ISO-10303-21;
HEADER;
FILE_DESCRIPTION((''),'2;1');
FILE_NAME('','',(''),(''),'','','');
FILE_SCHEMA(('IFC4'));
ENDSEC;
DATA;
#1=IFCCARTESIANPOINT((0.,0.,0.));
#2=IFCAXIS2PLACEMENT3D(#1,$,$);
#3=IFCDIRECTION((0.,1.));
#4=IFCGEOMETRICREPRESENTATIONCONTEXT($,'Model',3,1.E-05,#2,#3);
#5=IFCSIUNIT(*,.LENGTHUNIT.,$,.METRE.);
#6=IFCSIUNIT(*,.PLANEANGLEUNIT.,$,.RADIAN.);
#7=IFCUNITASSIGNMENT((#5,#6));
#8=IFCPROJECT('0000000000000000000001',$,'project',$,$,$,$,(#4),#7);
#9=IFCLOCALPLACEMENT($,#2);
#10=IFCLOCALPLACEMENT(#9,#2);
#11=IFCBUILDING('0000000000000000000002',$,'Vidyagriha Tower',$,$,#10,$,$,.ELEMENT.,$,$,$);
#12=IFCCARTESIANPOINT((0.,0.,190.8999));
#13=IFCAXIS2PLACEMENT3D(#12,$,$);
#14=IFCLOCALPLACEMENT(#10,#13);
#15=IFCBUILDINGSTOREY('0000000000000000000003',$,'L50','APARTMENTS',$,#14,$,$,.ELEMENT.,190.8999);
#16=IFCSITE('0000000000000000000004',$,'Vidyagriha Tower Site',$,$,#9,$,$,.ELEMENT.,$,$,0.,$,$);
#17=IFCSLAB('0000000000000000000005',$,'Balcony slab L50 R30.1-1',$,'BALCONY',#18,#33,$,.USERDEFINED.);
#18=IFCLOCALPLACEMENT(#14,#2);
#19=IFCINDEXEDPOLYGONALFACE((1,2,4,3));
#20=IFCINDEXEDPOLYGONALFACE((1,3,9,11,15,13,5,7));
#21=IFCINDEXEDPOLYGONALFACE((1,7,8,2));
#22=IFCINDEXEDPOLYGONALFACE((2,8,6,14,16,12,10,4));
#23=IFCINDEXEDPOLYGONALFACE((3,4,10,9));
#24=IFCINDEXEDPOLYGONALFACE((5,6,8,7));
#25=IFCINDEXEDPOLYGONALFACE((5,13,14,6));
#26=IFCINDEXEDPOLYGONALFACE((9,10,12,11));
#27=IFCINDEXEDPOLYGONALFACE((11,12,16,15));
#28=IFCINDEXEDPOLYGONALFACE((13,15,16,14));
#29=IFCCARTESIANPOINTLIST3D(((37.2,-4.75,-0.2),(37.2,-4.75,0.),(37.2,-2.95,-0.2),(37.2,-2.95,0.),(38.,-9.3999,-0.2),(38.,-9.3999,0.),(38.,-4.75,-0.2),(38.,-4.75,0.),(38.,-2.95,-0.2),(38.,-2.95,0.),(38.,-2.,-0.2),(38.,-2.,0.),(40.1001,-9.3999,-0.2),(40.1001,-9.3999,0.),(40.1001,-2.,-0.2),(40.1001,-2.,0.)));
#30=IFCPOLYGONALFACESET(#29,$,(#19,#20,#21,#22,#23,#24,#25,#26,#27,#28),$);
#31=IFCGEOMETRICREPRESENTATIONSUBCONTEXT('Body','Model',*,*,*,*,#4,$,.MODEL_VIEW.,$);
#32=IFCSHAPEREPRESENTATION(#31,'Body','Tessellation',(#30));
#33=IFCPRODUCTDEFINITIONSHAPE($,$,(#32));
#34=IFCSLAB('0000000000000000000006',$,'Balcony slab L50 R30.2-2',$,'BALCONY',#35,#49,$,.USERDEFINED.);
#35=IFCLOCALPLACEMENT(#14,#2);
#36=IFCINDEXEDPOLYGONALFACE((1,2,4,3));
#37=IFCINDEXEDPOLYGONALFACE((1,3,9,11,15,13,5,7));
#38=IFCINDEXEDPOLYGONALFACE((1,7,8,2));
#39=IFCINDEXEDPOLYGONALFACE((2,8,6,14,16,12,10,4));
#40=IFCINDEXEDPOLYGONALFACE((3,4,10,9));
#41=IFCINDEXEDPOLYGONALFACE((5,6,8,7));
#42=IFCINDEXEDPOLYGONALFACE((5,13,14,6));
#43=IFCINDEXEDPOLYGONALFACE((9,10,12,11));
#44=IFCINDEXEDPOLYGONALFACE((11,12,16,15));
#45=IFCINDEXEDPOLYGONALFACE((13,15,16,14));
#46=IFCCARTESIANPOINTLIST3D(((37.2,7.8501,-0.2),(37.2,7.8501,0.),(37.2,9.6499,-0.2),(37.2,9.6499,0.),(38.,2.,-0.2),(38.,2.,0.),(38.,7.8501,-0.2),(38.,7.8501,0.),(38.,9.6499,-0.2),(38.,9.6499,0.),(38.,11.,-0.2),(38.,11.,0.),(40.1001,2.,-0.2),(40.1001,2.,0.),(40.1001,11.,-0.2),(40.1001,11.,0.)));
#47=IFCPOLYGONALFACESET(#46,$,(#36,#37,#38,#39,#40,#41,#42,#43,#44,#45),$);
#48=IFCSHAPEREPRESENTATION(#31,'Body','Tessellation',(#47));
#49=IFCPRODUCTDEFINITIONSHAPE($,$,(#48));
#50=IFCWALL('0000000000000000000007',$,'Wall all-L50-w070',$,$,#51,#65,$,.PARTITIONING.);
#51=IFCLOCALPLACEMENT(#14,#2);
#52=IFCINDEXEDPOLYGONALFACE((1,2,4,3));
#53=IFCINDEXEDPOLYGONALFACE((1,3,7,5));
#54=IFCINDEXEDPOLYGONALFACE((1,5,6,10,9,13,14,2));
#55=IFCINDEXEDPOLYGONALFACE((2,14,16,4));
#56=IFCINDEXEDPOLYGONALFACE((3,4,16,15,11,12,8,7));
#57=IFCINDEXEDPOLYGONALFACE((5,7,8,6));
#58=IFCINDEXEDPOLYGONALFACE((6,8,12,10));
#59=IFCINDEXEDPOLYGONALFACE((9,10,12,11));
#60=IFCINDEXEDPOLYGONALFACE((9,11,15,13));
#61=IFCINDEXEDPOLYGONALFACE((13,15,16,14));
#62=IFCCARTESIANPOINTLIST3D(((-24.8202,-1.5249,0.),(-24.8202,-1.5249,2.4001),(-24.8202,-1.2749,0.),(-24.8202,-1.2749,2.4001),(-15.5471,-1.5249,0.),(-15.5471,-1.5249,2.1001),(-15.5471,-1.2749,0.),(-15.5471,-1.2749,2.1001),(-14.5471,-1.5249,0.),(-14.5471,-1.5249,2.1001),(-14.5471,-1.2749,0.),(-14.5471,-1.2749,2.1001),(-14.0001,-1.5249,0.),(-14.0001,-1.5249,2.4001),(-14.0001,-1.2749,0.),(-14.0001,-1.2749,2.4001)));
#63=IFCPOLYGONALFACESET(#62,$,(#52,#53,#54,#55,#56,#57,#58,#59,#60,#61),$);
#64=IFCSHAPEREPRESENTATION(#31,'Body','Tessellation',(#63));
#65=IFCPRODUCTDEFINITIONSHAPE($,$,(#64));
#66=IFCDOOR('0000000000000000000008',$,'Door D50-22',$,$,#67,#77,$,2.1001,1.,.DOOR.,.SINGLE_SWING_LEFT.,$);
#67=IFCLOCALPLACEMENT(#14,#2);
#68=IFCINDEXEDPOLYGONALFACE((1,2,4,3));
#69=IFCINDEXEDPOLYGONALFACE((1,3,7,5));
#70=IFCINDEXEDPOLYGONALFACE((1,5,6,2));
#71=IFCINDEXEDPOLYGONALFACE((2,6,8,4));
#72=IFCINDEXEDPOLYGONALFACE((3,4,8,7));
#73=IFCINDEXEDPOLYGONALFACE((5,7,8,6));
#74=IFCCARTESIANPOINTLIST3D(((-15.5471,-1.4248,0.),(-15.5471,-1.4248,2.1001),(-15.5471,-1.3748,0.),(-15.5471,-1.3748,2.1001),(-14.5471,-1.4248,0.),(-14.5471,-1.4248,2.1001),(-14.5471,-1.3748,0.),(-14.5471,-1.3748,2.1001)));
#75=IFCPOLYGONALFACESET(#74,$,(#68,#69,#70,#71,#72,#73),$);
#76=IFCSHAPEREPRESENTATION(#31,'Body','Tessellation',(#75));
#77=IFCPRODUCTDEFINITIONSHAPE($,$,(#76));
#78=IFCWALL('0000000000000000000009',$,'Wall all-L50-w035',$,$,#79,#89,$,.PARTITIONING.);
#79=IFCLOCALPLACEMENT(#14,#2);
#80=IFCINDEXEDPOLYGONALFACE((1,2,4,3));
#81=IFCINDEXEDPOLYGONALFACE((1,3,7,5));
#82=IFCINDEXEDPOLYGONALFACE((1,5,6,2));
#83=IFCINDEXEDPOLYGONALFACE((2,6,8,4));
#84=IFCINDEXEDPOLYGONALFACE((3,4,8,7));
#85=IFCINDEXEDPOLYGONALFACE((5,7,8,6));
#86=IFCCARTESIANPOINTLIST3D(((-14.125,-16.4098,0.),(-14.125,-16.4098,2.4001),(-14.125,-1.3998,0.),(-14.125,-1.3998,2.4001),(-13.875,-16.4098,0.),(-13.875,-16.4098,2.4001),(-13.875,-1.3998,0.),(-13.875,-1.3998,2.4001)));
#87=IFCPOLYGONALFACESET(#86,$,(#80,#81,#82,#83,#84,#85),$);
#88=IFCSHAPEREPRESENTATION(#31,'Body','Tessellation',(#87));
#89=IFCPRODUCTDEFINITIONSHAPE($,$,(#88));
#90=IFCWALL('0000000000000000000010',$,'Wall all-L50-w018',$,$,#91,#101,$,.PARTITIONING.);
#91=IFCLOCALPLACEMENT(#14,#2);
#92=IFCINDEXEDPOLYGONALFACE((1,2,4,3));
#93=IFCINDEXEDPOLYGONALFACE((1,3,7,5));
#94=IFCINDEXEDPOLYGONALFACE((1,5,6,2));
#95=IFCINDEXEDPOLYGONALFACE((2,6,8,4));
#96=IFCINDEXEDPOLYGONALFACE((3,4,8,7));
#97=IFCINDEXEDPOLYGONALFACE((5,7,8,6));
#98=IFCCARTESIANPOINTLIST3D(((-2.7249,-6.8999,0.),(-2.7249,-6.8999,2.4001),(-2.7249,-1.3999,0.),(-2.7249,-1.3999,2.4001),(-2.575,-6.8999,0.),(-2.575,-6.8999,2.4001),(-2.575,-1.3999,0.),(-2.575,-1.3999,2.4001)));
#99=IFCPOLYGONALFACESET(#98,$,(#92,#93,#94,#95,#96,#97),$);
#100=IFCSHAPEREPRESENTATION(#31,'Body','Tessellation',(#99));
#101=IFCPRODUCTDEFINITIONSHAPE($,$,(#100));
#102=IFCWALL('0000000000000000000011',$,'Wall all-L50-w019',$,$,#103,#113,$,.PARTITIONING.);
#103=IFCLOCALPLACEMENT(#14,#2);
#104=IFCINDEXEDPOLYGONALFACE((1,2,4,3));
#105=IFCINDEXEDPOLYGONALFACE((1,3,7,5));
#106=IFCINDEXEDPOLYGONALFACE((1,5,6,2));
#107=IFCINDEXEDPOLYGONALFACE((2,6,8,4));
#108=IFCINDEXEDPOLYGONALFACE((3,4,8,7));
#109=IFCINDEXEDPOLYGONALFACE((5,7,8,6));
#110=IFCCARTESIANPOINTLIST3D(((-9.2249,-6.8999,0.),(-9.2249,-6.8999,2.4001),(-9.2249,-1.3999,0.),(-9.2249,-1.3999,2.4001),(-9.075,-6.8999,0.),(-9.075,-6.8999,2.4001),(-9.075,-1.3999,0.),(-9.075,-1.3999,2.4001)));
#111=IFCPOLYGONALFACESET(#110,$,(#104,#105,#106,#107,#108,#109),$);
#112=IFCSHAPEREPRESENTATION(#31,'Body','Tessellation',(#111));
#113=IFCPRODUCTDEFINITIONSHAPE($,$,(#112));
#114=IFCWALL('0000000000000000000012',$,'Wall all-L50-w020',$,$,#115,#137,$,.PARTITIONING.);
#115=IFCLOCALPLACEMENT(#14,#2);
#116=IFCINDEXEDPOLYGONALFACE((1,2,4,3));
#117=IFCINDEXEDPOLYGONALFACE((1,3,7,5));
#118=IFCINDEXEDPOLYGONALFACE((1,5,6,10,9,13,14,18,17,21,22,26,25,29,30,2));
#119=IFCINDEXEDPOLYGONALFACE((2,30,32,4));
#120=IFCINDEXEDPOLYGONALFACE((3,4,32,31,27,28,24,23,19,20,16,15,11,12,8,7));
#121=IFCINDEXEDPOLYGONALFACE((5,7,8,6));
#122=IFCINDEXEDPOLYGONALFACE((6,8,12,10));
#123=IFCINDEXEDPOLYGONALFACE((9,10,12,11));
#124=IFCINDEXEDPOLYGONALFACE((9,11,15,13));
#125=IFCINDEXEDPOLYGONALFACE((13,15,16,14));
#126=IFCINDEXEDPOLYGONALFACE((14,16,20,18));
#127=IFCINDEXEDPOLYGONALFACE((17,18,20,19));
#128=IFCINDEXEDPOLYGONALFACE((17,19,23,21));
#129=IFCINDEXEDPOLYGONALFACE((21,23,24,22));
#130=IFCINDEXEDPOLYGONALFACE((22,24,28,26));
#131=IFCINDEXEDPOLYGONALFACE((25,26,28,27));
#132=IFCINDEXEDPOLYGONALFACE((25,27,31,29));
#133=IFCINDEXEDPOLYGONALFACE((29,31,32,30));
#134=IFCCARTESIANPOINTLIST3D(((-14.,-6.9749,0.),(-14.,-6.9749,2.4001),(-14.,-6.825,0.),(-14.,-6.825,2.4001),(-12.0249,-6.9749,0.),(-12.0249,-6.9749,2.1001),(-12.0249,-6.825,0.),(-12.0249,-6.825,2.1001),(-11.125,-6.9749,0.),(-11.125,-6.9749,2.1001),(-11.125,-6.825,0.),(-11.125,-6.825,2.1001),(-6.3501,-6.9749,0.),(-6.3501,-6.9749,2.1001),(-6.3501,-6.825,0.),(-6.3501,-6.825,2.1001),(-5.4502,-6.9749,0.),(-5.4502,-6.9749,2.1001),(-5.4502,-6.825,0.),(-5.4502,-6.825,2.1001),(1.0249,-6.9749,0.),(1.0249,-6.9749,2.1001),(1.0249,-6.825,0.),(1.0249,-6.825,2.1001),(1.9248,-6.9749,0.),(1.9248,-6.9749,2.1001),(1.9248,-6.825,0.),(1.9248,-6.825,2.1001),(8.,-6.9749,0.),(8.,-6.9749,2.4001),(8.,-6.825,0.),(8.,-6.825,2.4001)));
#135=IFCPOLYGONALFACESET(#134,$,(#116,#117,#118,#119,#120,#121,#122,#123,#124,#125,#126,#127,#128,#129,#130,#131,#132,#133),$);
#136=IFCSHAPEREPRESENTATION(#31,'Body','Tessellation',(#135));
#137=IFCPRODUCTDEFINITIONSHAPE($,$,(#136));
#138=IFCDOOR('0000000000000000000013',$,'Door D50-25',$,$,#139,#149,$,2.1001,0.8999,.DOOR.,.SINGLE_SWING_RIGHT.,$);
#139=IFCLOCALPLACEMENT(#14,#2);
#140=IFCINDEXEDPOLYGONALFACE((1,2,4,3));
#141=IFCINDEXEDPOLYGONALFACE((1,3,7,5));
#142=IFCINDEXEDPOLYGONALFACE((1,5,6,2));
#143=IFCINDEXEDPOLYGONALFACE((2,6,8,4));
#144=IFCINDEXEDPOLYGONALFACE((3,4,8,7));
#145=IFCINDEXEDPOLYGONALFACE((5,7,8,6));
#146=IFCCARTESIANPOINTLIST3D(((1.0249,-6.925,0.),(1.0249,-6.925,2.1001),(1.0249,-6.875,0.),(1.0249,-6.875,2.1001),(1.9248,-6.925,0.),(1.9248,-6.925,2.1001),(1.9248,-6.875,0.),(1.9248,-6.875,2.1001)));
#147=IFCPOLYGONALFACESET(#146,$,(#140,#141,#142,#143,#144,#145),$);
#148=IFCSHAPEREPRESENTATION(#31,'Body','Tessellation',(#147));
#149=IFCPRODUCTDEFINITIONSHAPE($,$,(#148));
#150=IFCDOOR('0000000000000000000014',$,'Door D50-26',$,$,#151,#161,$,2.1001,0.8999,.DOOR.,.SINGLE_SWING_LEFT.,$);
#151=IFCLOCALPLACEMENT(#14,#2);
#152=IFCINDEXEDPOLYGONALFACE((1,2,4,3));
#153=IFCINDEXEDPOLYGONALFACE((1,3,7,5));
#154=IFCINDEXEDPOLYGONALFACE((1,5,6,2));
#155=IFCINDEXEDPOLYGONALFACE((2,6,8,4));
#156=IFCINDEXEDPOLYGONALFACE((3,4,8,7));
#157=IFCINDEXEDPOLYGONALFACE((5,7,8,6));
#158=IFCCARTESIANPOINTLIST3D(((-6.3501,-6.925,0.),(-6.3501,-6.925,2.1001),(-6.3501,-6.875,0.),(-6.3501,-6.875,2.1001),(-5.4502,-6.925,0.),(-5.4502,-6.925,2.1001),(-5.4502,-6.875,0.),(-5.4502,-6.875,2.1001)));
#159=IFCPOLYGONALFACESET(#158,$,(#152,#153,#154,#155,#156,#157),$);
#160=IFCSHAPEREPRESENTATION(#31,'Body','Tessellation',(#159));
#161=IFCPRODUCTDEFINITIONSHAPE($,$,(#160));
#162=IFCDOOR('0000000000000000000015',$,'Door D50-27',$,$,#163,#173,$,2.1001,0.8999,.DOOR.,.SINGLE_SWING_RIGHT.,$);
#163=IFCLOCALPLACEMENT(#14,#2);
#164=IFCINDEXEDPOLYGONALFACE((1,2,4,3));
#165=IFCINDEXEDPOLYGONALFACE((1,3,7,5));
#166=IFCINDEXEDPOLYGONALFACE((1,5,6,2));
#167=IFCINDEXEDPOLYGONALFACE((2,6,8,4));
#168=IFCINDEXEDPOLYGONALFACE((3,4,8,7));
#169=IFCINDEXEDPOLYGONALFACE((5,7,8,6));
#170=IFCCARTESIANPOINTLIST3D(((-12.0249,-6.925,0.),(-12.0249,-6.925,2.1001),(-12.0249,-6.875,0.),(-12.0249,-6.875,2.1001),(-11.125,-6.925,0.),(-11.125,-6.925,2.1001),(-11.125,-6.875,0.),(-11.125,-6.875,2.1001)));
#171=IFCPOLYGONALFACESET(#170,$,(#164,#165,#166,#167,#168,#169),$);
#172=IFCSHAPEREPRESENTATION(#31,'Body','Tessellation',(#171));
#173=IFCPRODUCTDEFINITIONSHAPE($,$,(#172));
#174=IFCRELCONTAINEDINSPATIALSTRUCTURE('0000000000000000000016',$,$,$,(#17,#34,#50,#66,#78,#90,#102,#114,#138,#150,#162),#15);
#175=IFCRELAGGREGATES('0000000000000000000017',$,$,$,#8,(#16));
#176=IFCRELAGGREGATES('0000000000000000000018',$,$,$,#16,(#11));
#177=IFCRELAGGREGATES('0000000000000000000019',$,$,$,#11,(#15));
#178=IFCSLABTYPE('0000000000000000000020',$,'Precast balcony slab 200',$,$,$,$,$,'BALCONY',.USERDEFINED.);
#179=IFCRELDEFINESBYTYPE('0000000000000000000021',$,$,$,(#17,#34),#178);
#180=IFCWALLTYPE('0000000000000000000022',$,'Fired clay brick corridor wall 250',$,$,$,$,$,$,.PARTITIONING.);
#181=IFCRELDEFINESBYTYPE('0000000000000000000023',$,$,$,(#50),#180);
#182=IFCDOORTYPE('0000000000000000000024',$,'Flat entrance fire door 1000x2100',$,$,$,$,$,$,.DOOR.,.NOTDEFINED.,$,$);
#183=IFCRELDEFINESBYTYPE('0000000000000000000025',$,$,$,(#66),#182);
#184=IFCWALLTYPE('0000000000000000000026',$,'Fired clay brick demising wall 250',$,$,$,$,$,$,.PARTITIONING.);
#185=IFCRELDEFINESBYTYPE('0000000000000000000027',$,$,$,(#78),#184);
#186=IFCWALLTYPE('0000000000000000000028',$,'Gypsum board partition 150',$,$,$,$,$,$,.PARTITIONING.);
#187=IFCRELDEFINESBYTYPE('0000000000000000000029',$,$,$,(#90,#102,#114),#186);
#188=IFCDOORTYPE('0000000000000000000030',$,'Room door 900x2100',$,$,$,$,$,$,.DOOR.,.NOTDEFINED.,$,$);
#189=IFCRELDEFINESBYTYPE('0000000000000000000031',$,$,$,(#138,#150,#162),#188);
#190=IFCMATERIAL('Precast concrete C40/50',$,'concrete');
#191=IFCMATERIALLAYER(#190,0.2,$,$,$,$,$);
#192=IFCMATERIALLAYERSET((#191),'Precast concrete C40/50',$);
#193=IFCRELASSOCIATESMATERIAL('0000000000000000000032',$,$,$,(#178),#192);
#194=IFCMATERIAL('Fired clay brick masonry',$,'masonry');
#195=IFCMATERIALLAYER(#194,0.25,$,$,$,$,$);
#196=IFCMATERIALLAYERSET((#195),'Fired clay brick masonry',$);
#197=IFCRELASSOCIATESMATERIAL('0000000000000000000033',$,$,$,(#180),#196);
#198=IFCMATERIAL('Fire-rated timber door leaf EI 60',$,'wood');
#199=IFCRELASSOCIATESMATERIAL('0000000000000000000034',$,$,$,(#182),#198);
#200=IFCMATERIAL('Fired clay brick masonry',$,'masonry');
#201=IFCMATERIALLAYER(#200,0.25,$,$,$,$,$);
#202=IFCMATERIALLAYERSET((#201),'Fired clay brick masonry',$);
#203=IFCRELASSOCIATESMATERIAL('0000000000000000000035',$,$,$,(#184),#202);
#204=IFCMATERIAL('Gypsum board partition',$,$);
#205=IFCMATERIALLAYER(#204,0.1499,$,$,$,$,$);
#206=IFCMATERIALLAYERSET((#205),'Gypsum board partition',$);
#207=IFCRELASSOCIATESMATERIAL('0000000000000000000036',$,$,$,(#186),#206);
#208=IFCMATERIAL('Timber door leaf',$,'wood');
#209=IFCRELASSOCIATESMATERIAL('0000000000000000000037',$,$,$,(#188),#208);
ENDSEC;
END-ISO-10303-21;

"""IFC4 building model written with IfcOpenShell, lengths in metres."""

from ifc_helpers import new_model, si_unit, direction, frame, frame_2d, origin, place, context, subcontext, project, spatial, polyline, rectangle, outline, extrude, material, layer, layer_set, type_object, element, fill, save


model = new_model("IFC4")

# Units and contexts
model_context = context("Model", 3, precision=1e-05, world=origin(), true_north=direction((0.0, 1.0)))
body_context = subcontext(model_context, "Body", "Model", "MODEL_VIEW")
ifc_project = project(units=[si_unit("LENGTHUNIT", "METRE"), si_unit("PLANEANGLEUNIT", "RADIAN")], contexts=[model_context])

# Site, building, storey
site_placement = place(None, origin())
site = spatial("IfcSite", under=ifc_project, at=site_placement, Name="Vidyagriha Tower Site", CompositionType="ELEMENT", RefElevation=0.0)
building_placement = place(site_placement, origin())
building = spatial("IfcBuilding", under=site, at=building_placement, Name="Vidyagriha Tower", CompositionType="ELEMENT")
storey_placement = place(building_placement, frame((0.0, 0.0, 190.8999)))
storey = spatial("IfcBuildingStorey", under=building, at=storey_placement, Name="L50", Description="APARTMENTS", CompositionType="ELEMENT", Elevation=190.8999)

# Slabs
ifc_material_1 = material(Name="Precast concrete C40/50", Category="concrete")
ifc_layer_1 = layer(ifc_material_1, 0.2)
ifc_layer_set_1 = layer_set([ifc_layer_1], Name="Precast concrete C40/50")
slab_type_1 = type_object("IfcSlabType", Name="Precast balcony slab 200", ElementType="BALCONY", PredefinedType="USERDEFINED", material=ifc_layer_set_1)
slab_1_placement = place(storey_placement, frame((0.0, 0.0, -0.2)))
element("IfcSlab", 1, at=slab_1_placement, inside=storey, type_object=slab_type_1, Name="Balcony slab L50 R30.1-1", ObjectType="BALCONY", PredefinedType="USERDEFINED", context=body_context, shape_type="SweptSolid", body=[
    extrude(outline(polyline([(38.0, -4.75), (38.0, -9.3999), (40.1001, -9.3999), (40.1001, -2.0), (38.0, -2.0), (38.0, -2.95), (37.2, -2.95), (37.2, -4.75), (38.0, -4.75)])), origin(), (0.0, 0.0, 1.0), 0.2),
])
slab_2_placement = place(storey_placement, frame((0.0, 0.0, -0.2)))
element("IfcSlab", 2, at=slab_2_placement, inside=storey, type_object=slab_type_1, Name="Balcony slab L50 R30.2-2", ObjectType="BALCONY", PredefinedType="USERDEFINED", context=body_context, shape_type="SweptSolid", body=[
    extrude(outline(polyline([(38.0, 7.8501), (38.0, 2.0), (40.1001, 2.0), (40.1001, 11.0), (38.0, 11.0), (38.0, 9.6499), (37.2, 9.6499), (37.2, 7.8501), (38.0, 7.8501)])), origin(), (0.0, 0.0, 1.0), 0.2),
])

# Wall, opening, door
ifc_material_2 = material(Name="Fired clay brick masonry", Category="masonry")
ifc_layer_2 = layer(ifc_material_2, 0.25)
ifc_layer_set_2 = layer_set([ifc_layer_2], Name="Fired clay brick masonry")
wall_type_1 = type_object("IfcWallType", Name="Fired clay brick corridor wall 250", PredefinedType="PARTITIONING", material=ifc_layer_set_2)
wall_1_placement = place(storey_placement, frame((-14.0, -1.3999, 0.0), z_axis=(0.0, 0.0, 1.0), x_axis=(-1.0, 0.0, 0.0)))
wall_1 = element("IfcWall", 3, at=wall_1_placement, inside=storey, type_object=wall_type_1, Name="Wall all-L50-w070", PredefinedType="PARTITIONING", context=body_context, shape_type="SweptSolid", body=[
    extrude(rectangle(XDim=10.8201, YDim=0.25, at=frame_2d((5.4102, 0.0))), origin(), (0.0, 0.0, 1.0), 2.4001),
])
opening_1_placement = place(wall_1_placement, frame((0.5471, 0.0, 0.0)))
opening_1 = element("IfcOpeningElement", 4, at=opening_1_placement, cuts=wall_1, PredefinedType="OPENING", context=body_context, shape_type="SweptSolid", body=[
    extrude(rectangle(XDim=1.0, YDim=2.1001, at=frame_2d((0.5, 1.05))), frame((0.0, 0.135, 0.0), z_axis=(0.0, -1.0, 0.0), x_axis=(1.0, 0.0, 0.0)), (0.0, 0.0, 1.0), 0.27),
])
ifc_material_3 = material(Name="Fire-rated timber door leaf EI 60", Category="wood")
door_type_1 = type_object("IfcDoorType", Name="Flat entrance fire door 1000x2100", OperationType="NOTDEFINED", PredefinedType="DOOR", material=ifc_material_3)
door_1_placement = place(opening_1_placement, origin())
door_1 = element("IfcDoor", 5, at=door_1_placement, inside=storey, type_object=door_type_1, Name="Door D50-22", OperationType="SINGLE_SWING_LEFT", OverallHeight=2.1001, OverallWidth=1.0, PredefinedType="DOOR", context=body_context, shape_type="SweptSolid", body=[
    extrude(rectangle(XDim=1.0, YDim=2.1001, at=frame_2d((0.5, 1.05))), frame((0.0, 0.0249, 0.0), z_axis=(0.0, -1.0, 0.0), x_axis=(1.0, 0.0, 0.0)), (0.0, 0.0, 1.0), 0.05),
])
fill(opening_1, door_1)

# Walls
ifc_material_4 = material(Name="Fired clay brick masonry", Category="masonry")
ifc_layer_3 = layer(ifc_material_4, 0.25)
ifc_layer_set_3 = layer_set([ifc_layer_3], Name="Fired clay brick masonry")
wall_type_2 = type_object("IfcWallType", Name="Fired clay brick demising wall 250", PredefinedType="PARTITIONING", material=ifc_layer_set_3)
wall_2_placement = place(storey_placement, frame((-14.0, -1.3999, 0.0), z_axis=(0.0, 0.0, 1.0), x_axis=(0.0, -1.0, 0.0)))
element("IfcWall", 6, at=wall_2_placement, inside=storey, type_object=wall_type_2, Name="Wall all-L50-w035", PredefinedType="PARTITIONING", context=body_context, shape_type="SweptSolid", body=[
    extrude(rectangle(XDim=15.01, YDim=0.25, at=frame_2d((7.5049, 0.0))), origin(), (0.0, 0.0, 1.0), 2.4001),
])
ifc_material_5 = material(Name="Gypsum board partition")
ifc_layer_4 = layer(ifc_material_5, 0.1499)
ifc_layer_set_4 = layer_set([ifc_layer_4], Name="Gypsum board partition")
wall_type_3 = type_object("IfcWallType", Name="Gypsum board partition 150", PredefinedType="PARTITIONING", material=ifc_layer_set_4)
for number, where, z_axis, x_axis, name in (
    (7, (-2.6499, -6.8999, 0.0), (0.0, 0.0, 1.0), (0.0, 1.0, 0.0), "Wall all-L50-w018"),
    (8, (-9.1499, -6.8999, 0.0), (0.0, 0.0, 1.0), (0.0, 1.0, 0.0), "Wall all-L50-w019"),
):
    element("IfcWall", number, at=place(storey_placement, frame(where, z_axis=z_axis, x_axis=x_axis)), inside=storey, type_object=wall_type_3, Name=name, PredefinedType="PARTITIONING", context=body_context, shape_type="SweptSolid", body=[
        extrude(rectangle(XDim=5.5, YDim=0.1499, at=frame_2d((2.75, 0.0))), origin(), (0.0, 0.0, 1.0), 2.4001),
    ])

# Wall, openings, doors
wall_3_placement = place(storey_placement, frame((-14.0, -6.8999, 0.0)))
wall_3 = element("IfcWall", 9, at=wall_3_placement, inside=storey, type_object=wall_type_3, Name="Wall all-L50-w020", PredefinedType="PARTITIONING", context=body_context, shape_type="SweptSolid", body=[
    extrude(rectangle(XDim=22.0, YDim=0.1499, at=frame_2d((11.0, 0.0))), origin(), (0.0, 0.0, 1.0), 2.4001),
])
opening_2_placement = place(wall_3_placement, frame((15.0249, 0.0, 0.0)))
opening_2 = element("IfcOpeningElement", 10, at=opening_2_placement, cuts=wall_3, PredefinedType="OPENING", context=body_context, shape_type="SweptSolid", body=[
    extrude(rectangle(XDim=0.8999, YDim=2.1001, at=frame_2d((0.45, 1.05))), frame((0.0, 0.085, 0.0), z_axis=(0.0, -1.0, 0.0), x_axis=(1.0, 0.0, 0.0)), (0.0, 0.0, 1.0), 0.1699),
])
opening_3_placement = place(wall_3_placement, frame((7.6499, 0.0, 0.0)))
opening_3 = element("IfcOpeningElement", 11, at=opening_3_placement, cuts=wall_3, PredefinedType="OPENING", context=body_context, shape_type="SweptSolid", body=[
    extrude(rectangle(XDim=0.8999, YDim=2.1001, at=frame_2d((0.45, 1.05))), frame((0.0, 0.085, 0.0), z_axis=(0.0, -1.0, 0.0), x_axis=(1.0, 0.0, 0.0)), (0.0, 0.0, 1.0), 0.1699),
])
opening_4_placement = place(wall_3_placement, frame((1.9751, 0.0, 0.0)))
opening_4 = element("IfcOpeningElement", 12, at=opening_4_placement, cuts=wall_3, PredefinedType="OPENING", context=body_context, shape_type="SweptSolid", body=[
    extrude(rectangle(XDim=0.8999, YDim=2.1001, at=frame_2d((0.45, 1.05))), frame((0.0, 0.085, 0.0), z_axis=(0.0, -1.0, 0.0), x_axis=(1.0, 0.0, 0.0)), (0.0, 0.0, 1.0), 0.1699),
])
ifc_material_6 = material(Name="Timber door leaf", Category="wood")
door_type_2 = type_object("IfcDoorType", Name="Room door 900x2100", OperationType="NOTDEFINED", PredefinedType="DOOR", material=ifc_material_6)
door_2_placement = place(opening_2_placement, origin())
door_2 = element("IfcDoor", 13, at=door_2_placement, inside=storey, type_object=door_type_2, Name="Door D50-25", OperationType="SINGLE_SWING_RIGHT", OverallHeight=2.1001, OverallWidth=0.8999, PredefinedType="DOOR", context=body_context, shape_type="SweptSolid", body=[
    extrude(rectangle(XDim=0.8999, YDim=2.1001, at=frame_2d((0.45, 1.05))), frame((0.0, 0.0249, 0.0), z_axis=(0.0, -1.0, 0.0), x_axis=(1.0, 0.0, 0.0)), (0.0, 0.0, 1.0), 0.05),
])
fill(opening_2, door_2)
door_3_placement = place(opening_3_placement, origin())
door_3 = element("IfcDoor", 14, at=door_3_placement, inside=storey, type_object=door_type_2, Name="Door D50-26", OperationType="SINGLE_SWING_LEFT", OverallHeight=2.1001, OverallWidth=0.8999, PredefinedType="DOOR", context=body_context, shape_type="SweptSolid", body=[
    extrude(rectangle(XDim=0.8999, YDim=2.1001, at=frame_2d((0.45, 1.05))), frame((0.0, 0.0249, 0.0), z_axis=(0.0, -1.0, 0.0), x_axis=(1.0, 0.0, 0.0)), (0.0, 0.0, 1.0), 0.05),
])
fill(opening_3, door_3)
door_4_placement = place(opening_4_placement, origin())
door_4 = element("IfcDoor", 15, at=door_4_placement, inside=storey, type_object=door_type_2, Name="Door D50-27", OperationType="SINGLE_SWING_RIGHT", OverallHeight=2.1001, OverallWidth=0.8999, PredefinedType="DOOR", context=body_context, shape_type="SweptSolid", body=[
    extrude(rectangle(XDim=0.8999, YDim=2.1001, at=frame_2d((0.45, 1.05))), frame((0.0, 0.0249, 0.0), z_axis=(0.0, -1.0, 0.0), x_axis=(1.0, 0.0, 0.0)), (0.0, 0.0, 1.0), 0.05),
])
fill(opening_4, door_4)

save(model, "model.ifc")
